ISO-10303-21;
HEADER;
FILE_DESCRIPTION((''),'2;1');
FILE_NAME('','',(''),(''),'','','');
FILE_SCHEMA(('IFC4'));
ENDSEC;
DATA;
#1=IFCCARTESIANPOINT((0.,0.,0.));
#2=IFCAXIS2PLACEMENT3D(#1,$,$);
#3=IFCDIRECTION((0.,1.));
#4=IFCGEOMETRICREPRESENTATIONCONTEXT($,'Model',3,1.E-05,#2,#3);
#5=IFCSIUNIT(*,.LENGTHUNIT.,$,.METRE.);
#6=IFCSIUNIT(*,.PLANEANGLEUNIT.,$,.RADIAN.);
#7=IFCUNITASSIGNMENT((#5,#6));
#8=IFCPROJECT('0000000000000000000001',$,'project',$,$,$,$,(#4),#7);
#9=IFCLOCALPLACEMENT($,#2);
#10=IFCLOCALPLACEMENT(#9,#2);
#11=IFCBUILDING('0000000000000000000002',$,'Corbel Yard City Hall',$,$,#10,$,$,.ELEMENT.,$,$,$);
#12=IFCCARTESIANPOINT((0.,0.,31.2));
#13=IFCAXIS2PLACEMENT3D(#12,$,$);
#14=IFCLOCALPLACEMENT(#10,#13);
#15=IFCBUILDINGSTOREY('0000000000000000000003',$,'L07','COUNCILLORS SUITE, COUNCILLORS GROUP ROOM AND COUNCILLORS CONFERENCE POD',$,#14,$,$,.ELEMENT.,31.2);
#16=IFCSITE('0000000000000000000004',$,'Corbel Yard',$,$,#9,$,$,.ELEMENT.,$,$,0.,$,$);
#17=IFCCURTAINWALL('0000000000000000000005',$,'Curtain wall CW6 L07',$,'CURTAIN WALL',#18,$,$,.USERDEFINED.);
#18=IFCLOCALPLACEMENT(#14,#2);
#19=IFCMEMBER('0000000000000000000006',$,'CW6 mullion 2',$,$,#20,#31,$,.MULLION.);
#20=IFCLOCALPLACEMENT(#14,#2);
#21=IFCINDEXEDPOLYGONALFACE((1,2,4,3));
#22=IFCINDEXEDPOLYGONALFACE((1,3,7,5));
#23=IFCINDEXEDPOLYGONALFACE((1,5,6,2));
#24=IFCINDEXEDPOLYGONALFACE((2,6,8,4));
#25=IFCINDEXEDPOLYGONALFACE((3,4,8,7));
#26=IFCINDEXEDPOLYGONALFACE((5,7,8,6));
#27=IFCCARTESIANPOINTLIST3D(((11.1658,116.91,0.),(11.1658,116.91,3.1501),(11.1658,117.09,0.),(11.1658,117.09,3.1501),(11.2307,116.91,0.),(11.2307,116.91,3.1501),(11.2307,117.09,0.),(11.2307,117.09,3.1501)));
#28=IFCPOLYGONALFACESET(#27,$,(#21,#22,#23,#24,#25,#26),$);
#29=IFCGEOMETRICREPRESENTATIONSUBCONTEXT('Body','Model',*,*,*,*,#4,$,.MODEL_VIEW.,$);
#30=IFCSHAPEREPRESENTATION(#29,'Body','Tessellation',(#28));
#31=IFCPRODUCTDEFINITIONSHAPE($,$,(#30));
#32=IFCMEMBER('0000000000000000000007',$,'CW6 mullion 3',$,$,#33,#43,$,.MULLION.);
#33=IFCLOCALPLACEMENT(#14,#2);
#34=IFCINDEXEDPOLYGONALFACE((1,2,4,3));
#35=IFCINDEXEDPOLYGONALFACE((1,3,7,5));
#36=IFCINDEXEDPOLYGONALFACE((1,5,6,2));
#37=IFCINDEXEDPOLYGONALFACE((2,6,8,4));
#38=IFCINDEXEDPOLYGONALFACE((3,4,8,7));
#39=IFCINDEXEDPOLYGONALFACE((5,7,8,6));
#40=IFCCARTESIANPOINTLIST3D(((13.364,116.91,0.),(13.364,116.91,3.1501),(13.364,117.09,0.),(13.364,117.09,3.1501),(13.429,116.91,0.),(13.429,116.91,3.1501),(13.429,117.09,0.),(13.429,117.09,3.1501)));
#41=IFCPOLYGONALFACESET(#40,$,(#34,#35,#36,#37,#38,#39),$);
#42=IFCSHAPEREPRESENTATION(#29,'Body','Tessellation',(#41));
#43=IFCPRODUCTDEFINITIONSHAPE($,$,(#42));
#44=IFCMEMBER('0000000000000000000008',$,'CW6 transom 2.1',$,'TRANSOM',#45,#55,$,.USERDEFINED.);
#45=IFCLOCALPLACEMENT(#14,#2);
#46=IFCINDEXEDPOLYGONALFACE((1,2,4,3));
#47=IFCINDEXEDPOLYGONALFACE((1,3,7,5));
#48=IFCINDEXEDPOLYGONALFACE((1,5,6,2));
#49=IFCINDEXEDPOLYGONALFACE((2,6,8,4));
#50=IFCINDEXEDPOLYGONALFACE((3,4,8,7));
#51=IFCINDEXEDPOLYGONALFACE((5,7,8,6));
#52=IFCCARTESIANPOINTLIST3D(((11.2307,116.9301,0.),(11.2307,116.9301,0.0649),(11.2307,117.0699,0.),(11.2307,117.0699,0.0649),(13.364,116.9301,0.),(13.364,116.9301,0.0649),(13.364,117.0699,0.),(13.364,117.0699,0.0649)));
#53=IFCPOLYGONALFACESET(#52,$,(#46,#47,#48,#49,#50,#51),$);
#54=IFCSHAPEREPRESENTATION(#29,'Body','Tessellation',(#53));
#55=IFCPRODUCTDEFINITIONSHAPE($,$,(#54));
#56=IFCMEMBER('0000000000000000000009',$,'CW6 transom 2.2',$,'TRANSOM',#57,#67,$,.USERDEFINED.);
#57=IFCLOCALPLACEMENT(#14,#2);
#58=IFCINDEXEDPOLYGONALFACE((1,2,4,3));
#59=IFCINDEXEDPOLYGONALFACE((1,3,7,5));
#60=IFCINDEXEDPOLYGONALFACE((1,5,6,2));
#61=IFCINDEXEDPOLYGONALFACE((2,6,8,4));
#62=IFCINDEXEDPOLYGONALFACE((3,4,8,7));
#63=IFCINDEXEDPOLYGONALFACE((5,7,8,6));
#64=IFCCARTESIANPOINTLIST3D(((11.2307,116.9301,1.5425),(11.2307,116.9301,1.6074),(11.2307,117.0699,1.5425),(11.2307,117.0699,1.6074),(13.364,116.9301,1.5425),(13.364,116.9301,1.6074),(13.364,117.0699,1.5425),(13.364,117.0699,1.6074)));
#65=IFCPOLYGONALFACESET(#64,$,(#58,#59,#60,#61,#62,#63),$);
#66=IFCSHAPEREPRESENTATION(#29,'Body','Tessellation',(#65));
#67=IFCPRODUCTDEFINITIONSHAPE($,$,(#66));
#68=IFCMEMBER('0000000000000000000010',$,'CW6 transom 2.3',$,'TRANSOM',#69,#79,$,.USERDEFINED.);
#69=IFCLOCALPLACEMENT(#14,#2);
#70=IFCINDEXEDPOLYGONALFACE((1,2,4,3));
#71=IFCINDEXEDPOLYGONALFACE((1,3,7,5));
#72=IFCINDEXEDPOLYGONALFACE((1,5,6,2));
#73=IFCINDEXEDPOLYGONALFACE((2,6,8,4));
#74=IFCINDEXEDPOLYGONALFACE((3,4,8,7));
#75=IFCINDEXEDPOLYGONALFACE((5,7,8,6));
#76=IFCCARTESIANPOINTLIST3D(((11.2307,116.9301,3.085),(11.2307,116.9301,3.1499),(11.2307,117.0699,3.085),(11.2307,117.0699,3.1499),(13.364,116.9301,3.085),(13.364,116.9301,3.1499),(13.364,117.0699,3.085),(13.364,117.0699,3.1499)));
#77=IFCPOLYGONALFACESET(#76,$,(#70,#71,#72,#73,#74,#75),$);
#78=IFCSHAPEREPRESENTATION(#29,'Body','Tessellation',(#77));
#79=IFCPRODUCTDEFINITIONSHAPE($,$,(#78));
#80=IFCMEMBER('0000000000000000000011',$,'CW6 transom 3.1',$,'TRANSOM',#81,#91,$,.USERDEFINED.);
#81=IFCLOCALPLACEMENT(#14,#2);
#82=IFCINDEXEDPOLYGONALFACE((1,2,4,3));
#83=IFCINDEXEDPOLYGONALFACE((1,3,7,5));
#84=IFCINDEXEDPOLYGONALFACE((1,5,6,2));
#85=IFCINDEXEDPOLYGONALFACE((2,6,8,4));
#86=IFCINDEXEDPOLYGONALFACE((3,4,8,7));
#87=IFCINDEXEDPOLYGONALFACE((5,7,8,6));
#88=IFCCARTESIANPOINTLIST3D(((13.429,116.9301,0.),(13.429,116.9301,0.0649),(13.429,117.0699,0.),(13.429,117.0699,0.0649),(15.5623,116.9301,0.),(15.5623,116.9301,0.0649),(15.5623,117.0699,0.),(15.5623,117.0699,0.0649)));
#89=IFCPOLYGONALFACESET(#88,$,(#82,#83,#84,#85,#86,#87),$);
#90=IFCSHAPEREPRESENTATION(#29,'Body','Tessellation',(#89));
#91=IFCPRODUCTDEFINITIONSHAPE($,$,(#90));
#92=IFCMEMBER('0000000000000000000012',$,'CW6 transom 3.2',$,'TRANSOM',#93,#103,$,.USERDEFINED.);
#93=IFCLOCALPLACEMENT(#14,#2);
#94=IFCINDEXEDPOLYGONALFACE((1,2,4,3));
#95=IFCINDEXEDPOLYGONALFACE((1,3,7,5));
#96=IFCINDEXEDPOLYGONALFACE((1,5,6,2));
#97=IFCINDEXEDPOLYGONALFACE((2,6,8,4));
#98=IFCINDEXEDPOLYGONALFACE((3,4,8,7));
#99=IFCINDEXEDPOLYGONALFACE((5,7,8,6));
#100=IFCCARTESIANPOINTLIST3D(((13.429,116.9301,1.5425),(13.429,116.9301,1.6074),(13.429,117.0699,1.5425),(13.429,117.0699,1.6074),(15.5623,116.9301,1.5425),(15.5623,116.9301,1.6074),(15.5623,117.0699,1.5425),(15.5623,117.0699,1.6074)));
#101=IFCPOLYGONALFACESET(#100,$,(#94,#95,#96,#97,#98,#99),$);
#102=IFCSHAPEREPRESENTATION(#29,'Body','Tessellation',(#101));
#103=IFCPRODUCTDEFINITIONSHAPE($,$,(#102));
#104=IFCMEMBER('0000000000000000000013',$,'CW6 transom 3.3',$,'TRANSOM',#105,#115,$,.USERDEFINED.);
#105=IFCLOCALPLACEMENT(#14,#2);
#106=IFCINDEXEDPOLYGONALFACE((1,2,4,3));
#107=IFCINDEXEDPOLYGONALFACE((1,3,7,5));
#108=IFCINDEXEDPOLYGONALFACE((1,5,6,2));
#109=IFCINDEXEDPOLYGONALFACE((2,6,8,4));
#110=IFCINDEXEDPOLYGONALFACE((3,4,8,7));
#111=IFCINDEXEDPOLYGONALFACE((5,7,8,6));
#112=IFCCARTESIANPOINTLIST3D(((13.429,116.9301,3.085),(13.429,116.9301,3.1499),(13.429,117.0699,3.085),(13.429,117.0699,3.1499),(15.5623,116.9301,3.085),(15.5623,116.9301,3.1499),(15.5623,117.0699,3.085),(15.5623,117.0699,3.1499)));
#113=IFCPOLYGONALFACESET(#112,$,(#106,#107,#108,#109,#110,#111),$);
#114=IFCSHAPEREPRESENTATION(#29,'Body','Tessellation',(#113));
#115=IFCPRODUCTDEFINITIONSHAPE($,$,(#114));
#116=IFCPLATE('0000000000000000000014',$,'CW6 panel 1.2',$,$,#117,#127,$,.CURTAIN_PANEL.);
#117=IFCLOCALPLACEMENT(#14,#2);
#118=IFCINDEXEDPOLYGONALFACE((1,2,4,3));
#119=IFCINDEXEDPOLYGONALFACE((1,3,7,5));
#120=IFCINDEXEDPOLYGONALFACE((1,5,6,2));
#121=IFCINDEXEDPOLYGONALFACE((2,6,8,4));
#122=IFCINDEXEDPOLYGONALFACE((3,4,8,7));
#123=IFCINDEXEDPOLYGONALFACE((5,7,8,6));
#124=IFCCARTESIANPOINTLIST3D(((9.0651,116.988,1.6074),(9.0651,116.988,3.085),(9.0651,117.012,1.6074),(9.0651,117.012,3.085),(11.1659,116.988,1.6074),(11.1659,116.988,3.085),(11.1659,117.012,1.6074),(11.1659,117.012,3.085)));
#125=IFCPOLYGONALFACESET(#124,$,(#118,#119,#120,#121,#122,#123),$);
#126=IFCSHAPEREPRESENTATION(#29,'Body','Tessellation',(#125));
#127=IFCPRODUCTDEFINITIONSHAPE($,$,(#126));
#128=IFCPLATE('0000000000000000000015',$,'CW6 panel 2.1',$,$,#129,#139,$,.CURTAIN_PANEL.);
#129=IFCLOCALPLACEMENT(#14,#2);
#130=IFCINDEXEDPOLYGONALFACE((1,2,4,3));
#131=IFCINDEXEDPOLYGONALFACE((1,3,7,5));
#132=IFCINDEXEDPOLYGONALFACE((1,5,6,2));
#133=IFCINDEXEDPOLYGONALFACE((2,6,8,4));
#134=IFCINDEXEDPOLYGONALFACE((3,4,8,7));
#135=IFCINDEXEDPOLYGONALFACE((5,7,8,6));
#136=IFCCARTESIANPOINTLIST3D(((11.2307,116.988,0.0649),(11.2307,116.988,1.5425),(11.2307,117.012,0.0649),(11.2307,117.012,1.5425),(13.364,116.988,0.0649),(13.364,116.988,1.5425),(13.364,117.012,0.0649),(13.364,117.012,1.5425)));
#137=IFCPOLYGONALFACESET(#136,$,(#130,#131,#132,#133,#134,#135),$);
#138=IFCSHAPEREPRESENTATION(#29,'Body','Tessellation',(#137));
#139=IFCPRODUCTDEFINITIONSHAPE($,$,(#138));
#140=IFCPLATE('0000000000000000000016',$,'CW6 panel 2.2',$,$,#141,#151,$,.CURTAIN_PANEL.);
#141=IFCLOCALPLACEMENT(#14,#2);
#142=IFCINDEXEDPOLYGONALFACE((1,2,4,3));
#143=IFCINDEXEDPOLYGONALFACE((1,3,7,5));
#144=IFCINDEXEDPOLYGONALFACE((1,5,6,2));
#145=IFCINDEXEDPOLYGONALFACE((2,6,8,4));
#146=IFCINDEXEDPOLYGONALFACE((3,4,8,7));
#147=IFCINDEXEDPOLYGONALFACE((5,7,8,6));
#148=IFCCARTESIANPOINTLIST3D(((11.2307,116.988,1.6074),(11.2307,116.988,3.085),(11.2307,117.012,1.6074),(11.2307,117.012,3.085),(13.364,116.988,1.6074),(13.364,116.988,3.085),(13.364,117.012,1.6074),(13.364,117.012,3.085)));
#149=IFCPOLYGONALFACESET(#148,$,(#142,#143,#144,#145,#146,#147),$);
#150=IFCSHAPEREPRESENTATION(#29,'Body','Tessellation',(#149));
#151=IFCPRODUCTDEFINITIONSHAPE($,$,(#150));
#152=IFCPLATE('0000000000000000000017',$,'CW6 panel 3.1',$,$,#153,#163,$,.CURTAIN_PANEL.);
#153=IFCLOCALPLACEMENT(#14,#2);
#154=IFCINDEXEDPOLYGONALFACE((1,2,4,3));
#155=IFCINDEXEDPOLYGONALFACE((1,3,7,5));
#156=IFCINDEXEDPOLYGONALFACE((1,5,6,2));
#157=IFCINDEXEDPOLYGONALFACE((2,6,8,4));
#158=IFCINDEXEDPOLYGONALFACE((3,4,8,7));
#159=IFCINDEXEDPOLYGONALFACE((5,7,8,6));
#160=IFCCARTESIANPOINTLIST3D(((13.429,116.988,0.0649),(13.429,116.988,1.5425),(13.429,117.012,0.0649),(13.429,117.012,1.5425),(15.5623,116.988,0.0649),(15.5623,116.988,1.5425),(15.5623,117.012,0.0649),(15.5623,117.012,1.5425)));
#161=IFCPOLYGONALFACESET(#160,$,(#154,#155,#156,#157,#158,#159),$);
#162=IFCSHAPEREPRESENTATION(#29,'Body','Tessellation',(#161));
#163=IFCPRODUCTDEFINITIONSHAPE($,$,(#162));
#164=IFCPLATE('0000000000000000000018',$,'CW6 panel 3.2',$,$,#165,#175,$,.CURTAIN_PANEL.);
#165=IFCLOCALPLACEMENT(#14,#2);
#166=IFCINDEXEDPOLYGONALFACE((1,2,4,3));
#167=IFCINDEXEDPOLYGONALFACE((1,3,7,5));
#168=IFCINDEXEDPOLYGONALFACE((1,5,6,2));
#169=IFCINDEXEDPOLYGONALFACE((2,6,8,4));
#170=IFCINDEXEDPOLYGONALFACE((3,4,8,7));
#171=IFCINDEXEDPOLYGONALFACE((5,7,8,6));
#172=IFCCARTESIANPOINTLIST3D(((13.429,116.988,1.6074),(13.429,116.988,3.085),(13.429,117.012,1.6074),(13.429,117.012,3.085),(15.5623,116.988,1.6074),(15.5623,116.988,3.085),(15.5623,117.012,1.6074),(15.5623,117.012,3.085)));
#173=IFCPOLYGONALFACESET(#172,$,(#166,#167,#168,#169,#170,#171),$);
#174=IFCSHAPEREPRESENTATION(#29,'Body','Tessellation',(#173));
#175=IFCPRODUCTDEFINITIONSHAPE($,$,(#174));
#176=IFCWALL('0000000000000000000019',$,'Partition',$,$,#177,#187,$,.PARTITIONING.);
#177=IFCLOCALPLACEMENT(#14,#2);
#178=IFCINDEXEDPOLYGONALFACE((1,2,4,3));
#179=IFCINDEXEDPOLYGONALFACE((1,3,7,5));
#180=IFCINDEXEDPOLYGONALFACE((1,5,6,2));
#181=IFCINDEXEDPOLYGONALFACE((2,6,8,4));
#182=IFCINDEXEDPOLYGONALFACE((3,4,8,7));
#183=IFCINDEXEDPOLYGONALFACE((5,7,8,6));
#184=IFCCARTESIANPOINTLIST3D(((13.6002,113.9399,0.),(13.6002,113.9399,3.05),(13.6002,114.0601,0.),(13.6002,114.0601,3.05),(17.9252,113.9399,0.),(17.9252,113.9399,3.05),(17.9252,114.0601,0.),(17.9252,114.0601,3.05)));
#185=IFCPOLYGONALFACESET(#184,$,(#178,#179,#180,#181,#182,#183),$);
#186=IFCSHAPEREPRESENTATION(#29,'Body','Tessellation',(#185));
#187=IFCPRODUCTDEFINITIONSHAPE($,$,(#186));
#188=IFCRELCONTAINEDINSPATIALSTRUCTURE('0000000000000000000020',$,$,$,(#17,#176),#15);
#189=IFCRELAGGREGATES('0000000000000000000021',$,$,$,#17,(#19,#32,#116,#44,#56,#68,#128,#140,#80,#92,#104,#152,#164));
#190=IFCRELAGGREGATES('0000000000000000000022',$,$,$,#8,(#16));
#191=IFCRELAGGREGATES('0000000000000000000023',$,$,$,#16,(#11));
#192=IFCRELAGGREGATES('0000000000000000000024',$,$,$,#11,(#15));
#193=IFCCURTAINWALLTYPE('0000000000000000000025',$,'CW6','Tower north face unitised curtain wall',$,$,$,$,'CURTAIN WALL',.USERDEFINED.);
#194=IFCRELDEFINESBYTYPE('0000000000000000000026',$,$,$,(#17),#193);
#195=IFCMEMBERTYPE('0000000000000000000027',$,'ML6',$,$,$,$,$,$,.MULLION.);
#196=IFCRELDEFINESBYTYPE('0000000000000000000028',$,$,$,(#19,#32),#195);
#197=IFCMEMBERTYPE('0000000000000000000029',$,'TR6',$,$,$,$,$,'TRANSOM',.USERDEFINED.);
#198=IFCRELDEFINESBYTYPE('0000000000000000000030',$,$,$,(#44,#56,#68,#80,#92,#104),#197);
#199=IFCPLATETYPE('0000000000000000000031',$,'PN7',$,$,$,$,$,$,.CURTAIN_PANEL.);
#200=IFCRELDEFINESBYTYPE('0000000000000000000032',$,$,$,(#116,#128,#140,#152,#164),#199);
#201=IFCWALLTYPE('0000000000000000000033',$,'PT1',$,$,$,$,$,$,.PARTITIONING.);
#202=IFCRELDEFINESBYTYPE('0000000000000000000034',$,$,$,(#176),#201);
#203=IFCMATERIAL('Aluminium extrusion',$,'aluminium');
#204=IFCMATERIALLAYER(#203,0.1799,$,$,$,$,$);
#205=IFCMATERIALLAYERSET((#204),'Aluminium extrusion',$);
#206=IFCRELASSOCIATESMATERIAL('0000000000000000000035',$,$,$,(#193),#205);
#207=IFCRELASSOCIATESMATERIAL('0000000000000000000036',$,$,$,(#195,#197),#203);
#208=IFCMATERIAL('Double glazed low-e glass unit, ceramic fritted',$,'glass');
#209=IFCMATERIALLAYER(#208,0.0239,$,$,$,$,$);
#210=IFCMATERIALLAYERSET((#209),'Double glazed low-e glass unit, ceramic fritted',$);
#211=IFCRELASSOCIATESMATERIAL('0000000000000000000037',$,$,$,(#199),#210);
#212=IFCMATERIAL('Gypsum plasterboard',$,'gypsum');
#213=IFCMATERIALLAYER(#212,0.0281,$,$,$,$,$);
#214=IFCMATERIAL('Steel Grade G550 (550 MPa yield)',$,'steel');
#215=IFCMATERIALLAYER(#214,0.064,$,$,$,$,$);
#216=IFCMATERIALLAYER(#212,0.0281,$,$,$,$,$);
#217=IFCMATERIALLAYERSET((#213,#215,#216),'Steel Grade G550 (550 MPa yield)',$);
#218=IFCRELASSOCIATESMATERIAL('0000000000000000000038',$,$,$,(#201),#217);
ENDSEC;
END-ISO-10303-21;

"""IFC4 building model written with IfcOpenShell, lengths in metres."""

from ifc_helpers import new_model, si_unit, direction, frame, frame_2d, origin, origin_2d, place, context, subcontext, project, spatial, rectangle, extrude, material, layer, layer_set, material_profile, profile_set, type_object, element, aggregate, save


model = new_model("IFC4")

# Units and contexts
model_context = context("Model", 3, precision=1e-05, world=origin(), true_north=direction((0.0, 1.0)))
body_context = subcontext(model_context, "Body", "Model", "MODEL_VIEW")
ifc_project = project(units=[si_unit("LENGTHUNIT", "METRE"), si_unit("PLANEANGLEUNIT", "RADIAN")], contexts=[model_context])

# Site, building, storey
site_placement = place(None, origin())
site = spatial("IfcSite", under=ifc_project, at=site_placement, Name="Corbel Yard", CompositionType="ELEMENT", RefElevation=0.0)
building_placement = place(site_placement, origin())
building = spatial("IfcBuilding", under=site, at=building_placement, Name="Corbel Yard City Hall", CompositionType="ELEMENT")
storey_placement = place(building_placement, frame((0.0, 0.0, 31.2)))
storey = spatial("IfcBuildingStorey", under=building, at=storey_placement, Name="L07", Description="COUNCILLORS SUITE, COUNCILLORS GROUP ROOM AND COUNCILLORS CONFERENCE POD", CompositionType="ELEMENT", Elevation=31.2)

# Curtain wall, members, plates
ifc_material_1 = material(Name="Aluminium extrusion", Category="aluminium")
ifc_layer_1 = layer(ifc_material_1, 0.1799)
ifc_layer_set_1 = layer_set([ifc_layer_1], Name="Aluminium extrusion")
curtain_wall_type = type_object("IfcCurtainWallType", Name="CW6", Description="Tower north face unitised curtain wall", ElementType="CURTAIN WALL", PredefinedType="USERDEFINED", material=ifc_layer_set_1)
curtain_wall_placement = place(storey_placement, origin())
curtain_wall = element("IfcCurtainWall", 1, at=curtain_wall_placement, inside=storey, type_object=curtain_wall_type, Name="Curtain wall CW6 L07", ObjectType="CURTAIN WALL", PredefinedType="USERDEFINED")
ifc_material_profile_1 = material_profile(ifc_material_1, rectangle(XDim=0.1799, YDim=0.0649, at=origin_2d()), Name="180x65")
ifc_profile_set_1 = profile_set([ifc_material_profile_1], Name="Aluminium extrusion")
member_type_1 = type_object("IfcMemberType", Name="ML6", PredefinedType="MULLION", material=ifc_profile_set_1)
member_1_placement = place(storey_placement, frame((11.1982, 117.0, 0.0), z_axis=(0.0, 0.0, 1.0), x_axis=(0.0, 1.0, 0.0)))
member_1 = element("IfcMember", 2, at=member_1_placement, type_object=member_type_1, Name="CW6 mullion 2", PredefinedType="MULLION", context=body_context, shape_type="SweptSolid", body=[
    extrude(rectangle(XDim=0.1799, YDim=0.0649, at=origin_2d()), origin(), (0.0, 0.0, 1.0), 3.1501),
])
member_2_placement = place(storey_placement, frame((13.3965, 117.0, 0.0), z_axis=(0.0, 0.0, 1.0), x_axis=(0.0, 1.0, 0.0)))
member_2 = element("IfcMember", 3, at=member_2_placement, type_object=member_type_1, Name="CW6 mullion 3", PredefinedType="MULLION", context=body_context, shape_type="SweptSolid", body=[
    extrude(rectangle(XDim=0.1799, YDim=0.0649, at=origin_2d()), origin(), (0.0, 0.0, 1.0), 3.1501),
])
ifc_material_profile_2 = material_profile(ifc_material_1, rectangle(XDim=0.1399, YDim=0.0649, at=origin_2d()), Name="140x65")
ifc_profile_set_2 = profile_set([ifc_material_profile_2], Name="Aluminium extrusion")
member_type_2 = type_object("IfcMemberType", Name="TR6", ElementType="TRANSOM", PredefinedType="USERDEFINED", material=ifc_profile_set_2)
member_3_placement = place(storey_placement, frame((11.2307, 117.0, 0.0325), z_axis=(1.0, 0.0, 0.0), x_axis=(0.0, 1.0, 0.0)))
member_3 = element("IfcMember", 4, at=member_3_placement, type_object=member_type_2, Name="CW6 transom 2.1", ObjectType="TRANSOM", PredefinedType="USERDEFINED", context=body_context, shape_type="SweptSolid", body=[
    extrude(rectangle(XDim=0.1399, YDim=0.0649, at=origin_2d()), origin(), (0.0, 0.0, 1.0), 2.1333),
])
member_4_placement = place(storey_placement, frame((11.2307, 117.0, 1.575), z_axis=(1.0, 0.0, 0.0), x_axis=(0.0, 1.0, 0.0)))
member_4 = element("IfcMember", 5, at=member_4_placement, type_object=member_type_2, Name="CW6 transom 2.2", ObjectType="TRANSOM", PredefinedType="USERDEFINED", context=body_context, shape_type="SweptSolid", body=[
    extrude(rectangle(XDim=0.1399, YDim=0.0649, at=origin_2d()), origin(), (0.0, 0.0, 1.0), 2.1333),
])
member_5_placement = place(storey_placement, frame((11.2307, 117.0, 3.1174), z_axis=(1.0, 0.0, 0.0), x_axis=(0.0, 1.0, 0.0)))
member_5 = element("IfcMember", 6, at=member_5_placement, type_object=member_type_2, Name="CW6 transom 2.3", ObjectType="TRANSOM", PredefinedType="USERDEFINED", context=body_context, shape_type="SweptSolid", body=[
    extrude(rectangle(XDim=0.1399, YDim=0.0649, at=origin_2d()), origin(), (0.0, 0.0, 1.0), 2.1333),
])
member_6_placement = place(storey_placement, frame((13.429, 117.0, 0.0325), z_axis=(1.0, 0.0, 0.0), x_axis=(0.0, 1.0, 0.0)))
member_6 = element("IfcMember", 7, at=member_6_placement, type_object=member_type_2, Name="CW6 transom 3.1", ObjectType="TRANSOM", PredefinedType="USERDEFINED", context=body_context, shape_type="SweptSolid", body=[
    extrude(rectangle(XDim=0.1399, YDim=0.0649, at=origin_2d()), origin(), (0.0, 0.0, 1.0), 2.1333),
])
member_7_placement = place(storey_placement, frame((13.429, 117.0, 1.575), z_axis=(1.0, 0.0, 0.0), x_axis=(0.0, 1.0, 0.0)))
member_7 = element("IfcMember", 8, at=member_7_placement, type_object=member_type_2, Name="CW6 transom 3.2", ObjectType="TRANSOM", PredefinedType="USERDEFINED", context=body_context, shape_type="SweptSolid", body=[
    extrude(rectangle(XDim=0.1399, YDim=0.0649, at=origin_2d()), origin(), (0.0, 0.0, 1.0), 2.1333),
])
member_8_placement = place(storey_placement, frame((13.429, 117.0, 3.1174), z_axis=(1.0, 0.0, 0.0), x_axis=(0.0, 1.0, 0.0)))
member_8 = element("IfcMember", 9, at=member_8_placement, type_object=member_type_2, Name="CW6 transom 3.3", ObjectType="TRANSOM", PredefinedType="USERDEFINED", context=body_context, shape_type="SweptSolid", body=[
    extrude(rectangle(XDim=0.1399, YDim=0.0649, at=origin_2d()), origin(), (0.0, 0.0, 1.0), 2.1333),
])
ifc_material_2 = material(Name="Double glazed low-e glass unit, ceramic fritted", Category="glass")
ifc_layer_2 = layer(ifc_material_2, 0.0239)
ifc_layer_set_2 = layer_set([ifc_layer_2], Name="Double glazed low-e glass unit, ceramic fritted")
plate_type = type_object("IfcPlateType", Name="PN7", PredefinedType="CURTAIN_PANEL", material=ifc_layer_set_2)
plate_1_placement = place(storey_placement, frame((10.1155, 117.0, 1.6074), z_axis=(0.0, 0.0, 1.0), x_axis=(1.0, 0.0, 0.0)))
plate_1 = element("IfcPlate", 10, at=plate_1_placement, type_object=plate_type, Name="CW6 panel 1.2", PredefinedType="CURTAIN_PANEL", context=body_context, shape_type="SweptSolid", body=[
    extrude(rectangle(XDim=2.1008, YDim=0.0239, at=origin_2d()), origin(), (0.0, 0.0, 1.0), 1.4775),
])
plate_2_placement = place(storey_placement, frame((12.2974, 117.0, 0.0649), z_axis=(0.0, 0.0, 1.0), x_axis=(1.0, 0.0, 0.0)))
plate_2 = element("IfcPlate", 11, at=plate_2_placement, type_object=plate_type, Name="CW6 panel 2.1", PredefinedType="CURTAIN_PANEL", context=body_context, shape_type="SweptSolid", body=[
    extrude(rectangle(XDim=2.1333, YDim=0.0239, at=origin_2d()), origin(), (0.0, 0.0, 1.0), 1.4775),
])
plate_3_placement = place(storey_placement, frame((12.2974, 117.0, 1.6074), z_axis=(0.0, 0.0, 1.0), x_axis=(1.0, 0.0, 0.0)))
plate_3 = element("IfcPlate", 12, at=plate_3_placement, type_object=plate_type, Name="CW6 panel 2.2", PredefinedType="CURTAIN_PANEL", context=body_context, shape_type="SweptSolid", body=[
    extrude(rectangle(XDim=2.1333, YDim=0.0239, at=origin_2d()), origin(), (0.0, 0.0, 1.0), 1.4775),
])
plate_4_placement = place(storey_placement, frame((14.4956, 117.0, 0.0649), z_axis=(0.0, 0.0, 1.0), x_axis=(1.0, 0.0, 0.0)))
plate_4 = element("IfcPlate", 13, at=plate_4_placement, type_object=plate_type, Name="CW6 panel 3.1", PredefinedType="CURTAIN_PANEL", context=body_context, shape_type="SweptSolid", body=[
    extrude(rectangle(XDim=2.1333, YDim=0.0239, at=origin_2d()), origin(), (0.0, 0.0, 1.0), 1.4775),
])
plate_5_placement = place(storey_placement, frame((14.4956, 117.0, 1.6074), z_axis=(0.0, 0.0, 1.0), x_axis=(1.0, 0.0, 0.0)))
plate_5 = element("IfcPlate", 14, at=plate_5_placement, type_object=plate_type, Name="CW6 panel 3.2", PredefinedType="CURTAIN_PANEL", context=body_context, shape_type="SweptSolid", body=[
    extrude(rectangle(XDim=2.1333, YDim=0.0239, at=origin_2d()), origin(), (0.0, 0.0, 1.0), 1.4775),
])
aggregate(curtain_wall, [member_1, member_2, plate_1, member_3, member_4, member_5, plate_2, plate_3, member_6, member_7, member_8, plate_4, plate_5])

# Wall
ifc_material_3 = material(Name="Gypsum plasterboard", Category="gypsum")
ifc_layer_3 = layer(ifc_material_3, 0.0281)
ifc_material_4 = material(Name="Steel Grade G550 (550 MPa yield)", Category="steel")
ifc_layer_4 = layer(ifc_material_4, 0.064)
ifc_layer_5 = layer(ifc_material_3, 0.0281)
ifc_layer_set_3 = layer_set([ifc_layer_3, ifc_layer_4, ifc_layer_5], Name="Steel Grade G550 (550 MPa yield)")
wall_type_1 = type_object("IfcWallType", Name="PT1", PredefinedType="PARTITIONING", material=ifc_layer_set_3)
wall_1_placement = place(storey_placement, frame((13.6001, 114.0, 0.0), z_axis=(0.0, 0.0, 1.0), x_axis=(1.0, 0.0, 0.0)))
element("IfcWall", 15, at=wall_1_placement, inside=storey, type_object=wall_type_1, Name="Partition", PredefinedType="PARTITIONING", context=body_context, shape_type="SweptSolid", body=[
    extrude(rectangle(XDim=4.325, YDim=0.1201, at=frame_2d((2.1626, 0.0))), origin(), (0.0, 0.0, 1.0), 3.05),
])

save(model, "model.ifc")
